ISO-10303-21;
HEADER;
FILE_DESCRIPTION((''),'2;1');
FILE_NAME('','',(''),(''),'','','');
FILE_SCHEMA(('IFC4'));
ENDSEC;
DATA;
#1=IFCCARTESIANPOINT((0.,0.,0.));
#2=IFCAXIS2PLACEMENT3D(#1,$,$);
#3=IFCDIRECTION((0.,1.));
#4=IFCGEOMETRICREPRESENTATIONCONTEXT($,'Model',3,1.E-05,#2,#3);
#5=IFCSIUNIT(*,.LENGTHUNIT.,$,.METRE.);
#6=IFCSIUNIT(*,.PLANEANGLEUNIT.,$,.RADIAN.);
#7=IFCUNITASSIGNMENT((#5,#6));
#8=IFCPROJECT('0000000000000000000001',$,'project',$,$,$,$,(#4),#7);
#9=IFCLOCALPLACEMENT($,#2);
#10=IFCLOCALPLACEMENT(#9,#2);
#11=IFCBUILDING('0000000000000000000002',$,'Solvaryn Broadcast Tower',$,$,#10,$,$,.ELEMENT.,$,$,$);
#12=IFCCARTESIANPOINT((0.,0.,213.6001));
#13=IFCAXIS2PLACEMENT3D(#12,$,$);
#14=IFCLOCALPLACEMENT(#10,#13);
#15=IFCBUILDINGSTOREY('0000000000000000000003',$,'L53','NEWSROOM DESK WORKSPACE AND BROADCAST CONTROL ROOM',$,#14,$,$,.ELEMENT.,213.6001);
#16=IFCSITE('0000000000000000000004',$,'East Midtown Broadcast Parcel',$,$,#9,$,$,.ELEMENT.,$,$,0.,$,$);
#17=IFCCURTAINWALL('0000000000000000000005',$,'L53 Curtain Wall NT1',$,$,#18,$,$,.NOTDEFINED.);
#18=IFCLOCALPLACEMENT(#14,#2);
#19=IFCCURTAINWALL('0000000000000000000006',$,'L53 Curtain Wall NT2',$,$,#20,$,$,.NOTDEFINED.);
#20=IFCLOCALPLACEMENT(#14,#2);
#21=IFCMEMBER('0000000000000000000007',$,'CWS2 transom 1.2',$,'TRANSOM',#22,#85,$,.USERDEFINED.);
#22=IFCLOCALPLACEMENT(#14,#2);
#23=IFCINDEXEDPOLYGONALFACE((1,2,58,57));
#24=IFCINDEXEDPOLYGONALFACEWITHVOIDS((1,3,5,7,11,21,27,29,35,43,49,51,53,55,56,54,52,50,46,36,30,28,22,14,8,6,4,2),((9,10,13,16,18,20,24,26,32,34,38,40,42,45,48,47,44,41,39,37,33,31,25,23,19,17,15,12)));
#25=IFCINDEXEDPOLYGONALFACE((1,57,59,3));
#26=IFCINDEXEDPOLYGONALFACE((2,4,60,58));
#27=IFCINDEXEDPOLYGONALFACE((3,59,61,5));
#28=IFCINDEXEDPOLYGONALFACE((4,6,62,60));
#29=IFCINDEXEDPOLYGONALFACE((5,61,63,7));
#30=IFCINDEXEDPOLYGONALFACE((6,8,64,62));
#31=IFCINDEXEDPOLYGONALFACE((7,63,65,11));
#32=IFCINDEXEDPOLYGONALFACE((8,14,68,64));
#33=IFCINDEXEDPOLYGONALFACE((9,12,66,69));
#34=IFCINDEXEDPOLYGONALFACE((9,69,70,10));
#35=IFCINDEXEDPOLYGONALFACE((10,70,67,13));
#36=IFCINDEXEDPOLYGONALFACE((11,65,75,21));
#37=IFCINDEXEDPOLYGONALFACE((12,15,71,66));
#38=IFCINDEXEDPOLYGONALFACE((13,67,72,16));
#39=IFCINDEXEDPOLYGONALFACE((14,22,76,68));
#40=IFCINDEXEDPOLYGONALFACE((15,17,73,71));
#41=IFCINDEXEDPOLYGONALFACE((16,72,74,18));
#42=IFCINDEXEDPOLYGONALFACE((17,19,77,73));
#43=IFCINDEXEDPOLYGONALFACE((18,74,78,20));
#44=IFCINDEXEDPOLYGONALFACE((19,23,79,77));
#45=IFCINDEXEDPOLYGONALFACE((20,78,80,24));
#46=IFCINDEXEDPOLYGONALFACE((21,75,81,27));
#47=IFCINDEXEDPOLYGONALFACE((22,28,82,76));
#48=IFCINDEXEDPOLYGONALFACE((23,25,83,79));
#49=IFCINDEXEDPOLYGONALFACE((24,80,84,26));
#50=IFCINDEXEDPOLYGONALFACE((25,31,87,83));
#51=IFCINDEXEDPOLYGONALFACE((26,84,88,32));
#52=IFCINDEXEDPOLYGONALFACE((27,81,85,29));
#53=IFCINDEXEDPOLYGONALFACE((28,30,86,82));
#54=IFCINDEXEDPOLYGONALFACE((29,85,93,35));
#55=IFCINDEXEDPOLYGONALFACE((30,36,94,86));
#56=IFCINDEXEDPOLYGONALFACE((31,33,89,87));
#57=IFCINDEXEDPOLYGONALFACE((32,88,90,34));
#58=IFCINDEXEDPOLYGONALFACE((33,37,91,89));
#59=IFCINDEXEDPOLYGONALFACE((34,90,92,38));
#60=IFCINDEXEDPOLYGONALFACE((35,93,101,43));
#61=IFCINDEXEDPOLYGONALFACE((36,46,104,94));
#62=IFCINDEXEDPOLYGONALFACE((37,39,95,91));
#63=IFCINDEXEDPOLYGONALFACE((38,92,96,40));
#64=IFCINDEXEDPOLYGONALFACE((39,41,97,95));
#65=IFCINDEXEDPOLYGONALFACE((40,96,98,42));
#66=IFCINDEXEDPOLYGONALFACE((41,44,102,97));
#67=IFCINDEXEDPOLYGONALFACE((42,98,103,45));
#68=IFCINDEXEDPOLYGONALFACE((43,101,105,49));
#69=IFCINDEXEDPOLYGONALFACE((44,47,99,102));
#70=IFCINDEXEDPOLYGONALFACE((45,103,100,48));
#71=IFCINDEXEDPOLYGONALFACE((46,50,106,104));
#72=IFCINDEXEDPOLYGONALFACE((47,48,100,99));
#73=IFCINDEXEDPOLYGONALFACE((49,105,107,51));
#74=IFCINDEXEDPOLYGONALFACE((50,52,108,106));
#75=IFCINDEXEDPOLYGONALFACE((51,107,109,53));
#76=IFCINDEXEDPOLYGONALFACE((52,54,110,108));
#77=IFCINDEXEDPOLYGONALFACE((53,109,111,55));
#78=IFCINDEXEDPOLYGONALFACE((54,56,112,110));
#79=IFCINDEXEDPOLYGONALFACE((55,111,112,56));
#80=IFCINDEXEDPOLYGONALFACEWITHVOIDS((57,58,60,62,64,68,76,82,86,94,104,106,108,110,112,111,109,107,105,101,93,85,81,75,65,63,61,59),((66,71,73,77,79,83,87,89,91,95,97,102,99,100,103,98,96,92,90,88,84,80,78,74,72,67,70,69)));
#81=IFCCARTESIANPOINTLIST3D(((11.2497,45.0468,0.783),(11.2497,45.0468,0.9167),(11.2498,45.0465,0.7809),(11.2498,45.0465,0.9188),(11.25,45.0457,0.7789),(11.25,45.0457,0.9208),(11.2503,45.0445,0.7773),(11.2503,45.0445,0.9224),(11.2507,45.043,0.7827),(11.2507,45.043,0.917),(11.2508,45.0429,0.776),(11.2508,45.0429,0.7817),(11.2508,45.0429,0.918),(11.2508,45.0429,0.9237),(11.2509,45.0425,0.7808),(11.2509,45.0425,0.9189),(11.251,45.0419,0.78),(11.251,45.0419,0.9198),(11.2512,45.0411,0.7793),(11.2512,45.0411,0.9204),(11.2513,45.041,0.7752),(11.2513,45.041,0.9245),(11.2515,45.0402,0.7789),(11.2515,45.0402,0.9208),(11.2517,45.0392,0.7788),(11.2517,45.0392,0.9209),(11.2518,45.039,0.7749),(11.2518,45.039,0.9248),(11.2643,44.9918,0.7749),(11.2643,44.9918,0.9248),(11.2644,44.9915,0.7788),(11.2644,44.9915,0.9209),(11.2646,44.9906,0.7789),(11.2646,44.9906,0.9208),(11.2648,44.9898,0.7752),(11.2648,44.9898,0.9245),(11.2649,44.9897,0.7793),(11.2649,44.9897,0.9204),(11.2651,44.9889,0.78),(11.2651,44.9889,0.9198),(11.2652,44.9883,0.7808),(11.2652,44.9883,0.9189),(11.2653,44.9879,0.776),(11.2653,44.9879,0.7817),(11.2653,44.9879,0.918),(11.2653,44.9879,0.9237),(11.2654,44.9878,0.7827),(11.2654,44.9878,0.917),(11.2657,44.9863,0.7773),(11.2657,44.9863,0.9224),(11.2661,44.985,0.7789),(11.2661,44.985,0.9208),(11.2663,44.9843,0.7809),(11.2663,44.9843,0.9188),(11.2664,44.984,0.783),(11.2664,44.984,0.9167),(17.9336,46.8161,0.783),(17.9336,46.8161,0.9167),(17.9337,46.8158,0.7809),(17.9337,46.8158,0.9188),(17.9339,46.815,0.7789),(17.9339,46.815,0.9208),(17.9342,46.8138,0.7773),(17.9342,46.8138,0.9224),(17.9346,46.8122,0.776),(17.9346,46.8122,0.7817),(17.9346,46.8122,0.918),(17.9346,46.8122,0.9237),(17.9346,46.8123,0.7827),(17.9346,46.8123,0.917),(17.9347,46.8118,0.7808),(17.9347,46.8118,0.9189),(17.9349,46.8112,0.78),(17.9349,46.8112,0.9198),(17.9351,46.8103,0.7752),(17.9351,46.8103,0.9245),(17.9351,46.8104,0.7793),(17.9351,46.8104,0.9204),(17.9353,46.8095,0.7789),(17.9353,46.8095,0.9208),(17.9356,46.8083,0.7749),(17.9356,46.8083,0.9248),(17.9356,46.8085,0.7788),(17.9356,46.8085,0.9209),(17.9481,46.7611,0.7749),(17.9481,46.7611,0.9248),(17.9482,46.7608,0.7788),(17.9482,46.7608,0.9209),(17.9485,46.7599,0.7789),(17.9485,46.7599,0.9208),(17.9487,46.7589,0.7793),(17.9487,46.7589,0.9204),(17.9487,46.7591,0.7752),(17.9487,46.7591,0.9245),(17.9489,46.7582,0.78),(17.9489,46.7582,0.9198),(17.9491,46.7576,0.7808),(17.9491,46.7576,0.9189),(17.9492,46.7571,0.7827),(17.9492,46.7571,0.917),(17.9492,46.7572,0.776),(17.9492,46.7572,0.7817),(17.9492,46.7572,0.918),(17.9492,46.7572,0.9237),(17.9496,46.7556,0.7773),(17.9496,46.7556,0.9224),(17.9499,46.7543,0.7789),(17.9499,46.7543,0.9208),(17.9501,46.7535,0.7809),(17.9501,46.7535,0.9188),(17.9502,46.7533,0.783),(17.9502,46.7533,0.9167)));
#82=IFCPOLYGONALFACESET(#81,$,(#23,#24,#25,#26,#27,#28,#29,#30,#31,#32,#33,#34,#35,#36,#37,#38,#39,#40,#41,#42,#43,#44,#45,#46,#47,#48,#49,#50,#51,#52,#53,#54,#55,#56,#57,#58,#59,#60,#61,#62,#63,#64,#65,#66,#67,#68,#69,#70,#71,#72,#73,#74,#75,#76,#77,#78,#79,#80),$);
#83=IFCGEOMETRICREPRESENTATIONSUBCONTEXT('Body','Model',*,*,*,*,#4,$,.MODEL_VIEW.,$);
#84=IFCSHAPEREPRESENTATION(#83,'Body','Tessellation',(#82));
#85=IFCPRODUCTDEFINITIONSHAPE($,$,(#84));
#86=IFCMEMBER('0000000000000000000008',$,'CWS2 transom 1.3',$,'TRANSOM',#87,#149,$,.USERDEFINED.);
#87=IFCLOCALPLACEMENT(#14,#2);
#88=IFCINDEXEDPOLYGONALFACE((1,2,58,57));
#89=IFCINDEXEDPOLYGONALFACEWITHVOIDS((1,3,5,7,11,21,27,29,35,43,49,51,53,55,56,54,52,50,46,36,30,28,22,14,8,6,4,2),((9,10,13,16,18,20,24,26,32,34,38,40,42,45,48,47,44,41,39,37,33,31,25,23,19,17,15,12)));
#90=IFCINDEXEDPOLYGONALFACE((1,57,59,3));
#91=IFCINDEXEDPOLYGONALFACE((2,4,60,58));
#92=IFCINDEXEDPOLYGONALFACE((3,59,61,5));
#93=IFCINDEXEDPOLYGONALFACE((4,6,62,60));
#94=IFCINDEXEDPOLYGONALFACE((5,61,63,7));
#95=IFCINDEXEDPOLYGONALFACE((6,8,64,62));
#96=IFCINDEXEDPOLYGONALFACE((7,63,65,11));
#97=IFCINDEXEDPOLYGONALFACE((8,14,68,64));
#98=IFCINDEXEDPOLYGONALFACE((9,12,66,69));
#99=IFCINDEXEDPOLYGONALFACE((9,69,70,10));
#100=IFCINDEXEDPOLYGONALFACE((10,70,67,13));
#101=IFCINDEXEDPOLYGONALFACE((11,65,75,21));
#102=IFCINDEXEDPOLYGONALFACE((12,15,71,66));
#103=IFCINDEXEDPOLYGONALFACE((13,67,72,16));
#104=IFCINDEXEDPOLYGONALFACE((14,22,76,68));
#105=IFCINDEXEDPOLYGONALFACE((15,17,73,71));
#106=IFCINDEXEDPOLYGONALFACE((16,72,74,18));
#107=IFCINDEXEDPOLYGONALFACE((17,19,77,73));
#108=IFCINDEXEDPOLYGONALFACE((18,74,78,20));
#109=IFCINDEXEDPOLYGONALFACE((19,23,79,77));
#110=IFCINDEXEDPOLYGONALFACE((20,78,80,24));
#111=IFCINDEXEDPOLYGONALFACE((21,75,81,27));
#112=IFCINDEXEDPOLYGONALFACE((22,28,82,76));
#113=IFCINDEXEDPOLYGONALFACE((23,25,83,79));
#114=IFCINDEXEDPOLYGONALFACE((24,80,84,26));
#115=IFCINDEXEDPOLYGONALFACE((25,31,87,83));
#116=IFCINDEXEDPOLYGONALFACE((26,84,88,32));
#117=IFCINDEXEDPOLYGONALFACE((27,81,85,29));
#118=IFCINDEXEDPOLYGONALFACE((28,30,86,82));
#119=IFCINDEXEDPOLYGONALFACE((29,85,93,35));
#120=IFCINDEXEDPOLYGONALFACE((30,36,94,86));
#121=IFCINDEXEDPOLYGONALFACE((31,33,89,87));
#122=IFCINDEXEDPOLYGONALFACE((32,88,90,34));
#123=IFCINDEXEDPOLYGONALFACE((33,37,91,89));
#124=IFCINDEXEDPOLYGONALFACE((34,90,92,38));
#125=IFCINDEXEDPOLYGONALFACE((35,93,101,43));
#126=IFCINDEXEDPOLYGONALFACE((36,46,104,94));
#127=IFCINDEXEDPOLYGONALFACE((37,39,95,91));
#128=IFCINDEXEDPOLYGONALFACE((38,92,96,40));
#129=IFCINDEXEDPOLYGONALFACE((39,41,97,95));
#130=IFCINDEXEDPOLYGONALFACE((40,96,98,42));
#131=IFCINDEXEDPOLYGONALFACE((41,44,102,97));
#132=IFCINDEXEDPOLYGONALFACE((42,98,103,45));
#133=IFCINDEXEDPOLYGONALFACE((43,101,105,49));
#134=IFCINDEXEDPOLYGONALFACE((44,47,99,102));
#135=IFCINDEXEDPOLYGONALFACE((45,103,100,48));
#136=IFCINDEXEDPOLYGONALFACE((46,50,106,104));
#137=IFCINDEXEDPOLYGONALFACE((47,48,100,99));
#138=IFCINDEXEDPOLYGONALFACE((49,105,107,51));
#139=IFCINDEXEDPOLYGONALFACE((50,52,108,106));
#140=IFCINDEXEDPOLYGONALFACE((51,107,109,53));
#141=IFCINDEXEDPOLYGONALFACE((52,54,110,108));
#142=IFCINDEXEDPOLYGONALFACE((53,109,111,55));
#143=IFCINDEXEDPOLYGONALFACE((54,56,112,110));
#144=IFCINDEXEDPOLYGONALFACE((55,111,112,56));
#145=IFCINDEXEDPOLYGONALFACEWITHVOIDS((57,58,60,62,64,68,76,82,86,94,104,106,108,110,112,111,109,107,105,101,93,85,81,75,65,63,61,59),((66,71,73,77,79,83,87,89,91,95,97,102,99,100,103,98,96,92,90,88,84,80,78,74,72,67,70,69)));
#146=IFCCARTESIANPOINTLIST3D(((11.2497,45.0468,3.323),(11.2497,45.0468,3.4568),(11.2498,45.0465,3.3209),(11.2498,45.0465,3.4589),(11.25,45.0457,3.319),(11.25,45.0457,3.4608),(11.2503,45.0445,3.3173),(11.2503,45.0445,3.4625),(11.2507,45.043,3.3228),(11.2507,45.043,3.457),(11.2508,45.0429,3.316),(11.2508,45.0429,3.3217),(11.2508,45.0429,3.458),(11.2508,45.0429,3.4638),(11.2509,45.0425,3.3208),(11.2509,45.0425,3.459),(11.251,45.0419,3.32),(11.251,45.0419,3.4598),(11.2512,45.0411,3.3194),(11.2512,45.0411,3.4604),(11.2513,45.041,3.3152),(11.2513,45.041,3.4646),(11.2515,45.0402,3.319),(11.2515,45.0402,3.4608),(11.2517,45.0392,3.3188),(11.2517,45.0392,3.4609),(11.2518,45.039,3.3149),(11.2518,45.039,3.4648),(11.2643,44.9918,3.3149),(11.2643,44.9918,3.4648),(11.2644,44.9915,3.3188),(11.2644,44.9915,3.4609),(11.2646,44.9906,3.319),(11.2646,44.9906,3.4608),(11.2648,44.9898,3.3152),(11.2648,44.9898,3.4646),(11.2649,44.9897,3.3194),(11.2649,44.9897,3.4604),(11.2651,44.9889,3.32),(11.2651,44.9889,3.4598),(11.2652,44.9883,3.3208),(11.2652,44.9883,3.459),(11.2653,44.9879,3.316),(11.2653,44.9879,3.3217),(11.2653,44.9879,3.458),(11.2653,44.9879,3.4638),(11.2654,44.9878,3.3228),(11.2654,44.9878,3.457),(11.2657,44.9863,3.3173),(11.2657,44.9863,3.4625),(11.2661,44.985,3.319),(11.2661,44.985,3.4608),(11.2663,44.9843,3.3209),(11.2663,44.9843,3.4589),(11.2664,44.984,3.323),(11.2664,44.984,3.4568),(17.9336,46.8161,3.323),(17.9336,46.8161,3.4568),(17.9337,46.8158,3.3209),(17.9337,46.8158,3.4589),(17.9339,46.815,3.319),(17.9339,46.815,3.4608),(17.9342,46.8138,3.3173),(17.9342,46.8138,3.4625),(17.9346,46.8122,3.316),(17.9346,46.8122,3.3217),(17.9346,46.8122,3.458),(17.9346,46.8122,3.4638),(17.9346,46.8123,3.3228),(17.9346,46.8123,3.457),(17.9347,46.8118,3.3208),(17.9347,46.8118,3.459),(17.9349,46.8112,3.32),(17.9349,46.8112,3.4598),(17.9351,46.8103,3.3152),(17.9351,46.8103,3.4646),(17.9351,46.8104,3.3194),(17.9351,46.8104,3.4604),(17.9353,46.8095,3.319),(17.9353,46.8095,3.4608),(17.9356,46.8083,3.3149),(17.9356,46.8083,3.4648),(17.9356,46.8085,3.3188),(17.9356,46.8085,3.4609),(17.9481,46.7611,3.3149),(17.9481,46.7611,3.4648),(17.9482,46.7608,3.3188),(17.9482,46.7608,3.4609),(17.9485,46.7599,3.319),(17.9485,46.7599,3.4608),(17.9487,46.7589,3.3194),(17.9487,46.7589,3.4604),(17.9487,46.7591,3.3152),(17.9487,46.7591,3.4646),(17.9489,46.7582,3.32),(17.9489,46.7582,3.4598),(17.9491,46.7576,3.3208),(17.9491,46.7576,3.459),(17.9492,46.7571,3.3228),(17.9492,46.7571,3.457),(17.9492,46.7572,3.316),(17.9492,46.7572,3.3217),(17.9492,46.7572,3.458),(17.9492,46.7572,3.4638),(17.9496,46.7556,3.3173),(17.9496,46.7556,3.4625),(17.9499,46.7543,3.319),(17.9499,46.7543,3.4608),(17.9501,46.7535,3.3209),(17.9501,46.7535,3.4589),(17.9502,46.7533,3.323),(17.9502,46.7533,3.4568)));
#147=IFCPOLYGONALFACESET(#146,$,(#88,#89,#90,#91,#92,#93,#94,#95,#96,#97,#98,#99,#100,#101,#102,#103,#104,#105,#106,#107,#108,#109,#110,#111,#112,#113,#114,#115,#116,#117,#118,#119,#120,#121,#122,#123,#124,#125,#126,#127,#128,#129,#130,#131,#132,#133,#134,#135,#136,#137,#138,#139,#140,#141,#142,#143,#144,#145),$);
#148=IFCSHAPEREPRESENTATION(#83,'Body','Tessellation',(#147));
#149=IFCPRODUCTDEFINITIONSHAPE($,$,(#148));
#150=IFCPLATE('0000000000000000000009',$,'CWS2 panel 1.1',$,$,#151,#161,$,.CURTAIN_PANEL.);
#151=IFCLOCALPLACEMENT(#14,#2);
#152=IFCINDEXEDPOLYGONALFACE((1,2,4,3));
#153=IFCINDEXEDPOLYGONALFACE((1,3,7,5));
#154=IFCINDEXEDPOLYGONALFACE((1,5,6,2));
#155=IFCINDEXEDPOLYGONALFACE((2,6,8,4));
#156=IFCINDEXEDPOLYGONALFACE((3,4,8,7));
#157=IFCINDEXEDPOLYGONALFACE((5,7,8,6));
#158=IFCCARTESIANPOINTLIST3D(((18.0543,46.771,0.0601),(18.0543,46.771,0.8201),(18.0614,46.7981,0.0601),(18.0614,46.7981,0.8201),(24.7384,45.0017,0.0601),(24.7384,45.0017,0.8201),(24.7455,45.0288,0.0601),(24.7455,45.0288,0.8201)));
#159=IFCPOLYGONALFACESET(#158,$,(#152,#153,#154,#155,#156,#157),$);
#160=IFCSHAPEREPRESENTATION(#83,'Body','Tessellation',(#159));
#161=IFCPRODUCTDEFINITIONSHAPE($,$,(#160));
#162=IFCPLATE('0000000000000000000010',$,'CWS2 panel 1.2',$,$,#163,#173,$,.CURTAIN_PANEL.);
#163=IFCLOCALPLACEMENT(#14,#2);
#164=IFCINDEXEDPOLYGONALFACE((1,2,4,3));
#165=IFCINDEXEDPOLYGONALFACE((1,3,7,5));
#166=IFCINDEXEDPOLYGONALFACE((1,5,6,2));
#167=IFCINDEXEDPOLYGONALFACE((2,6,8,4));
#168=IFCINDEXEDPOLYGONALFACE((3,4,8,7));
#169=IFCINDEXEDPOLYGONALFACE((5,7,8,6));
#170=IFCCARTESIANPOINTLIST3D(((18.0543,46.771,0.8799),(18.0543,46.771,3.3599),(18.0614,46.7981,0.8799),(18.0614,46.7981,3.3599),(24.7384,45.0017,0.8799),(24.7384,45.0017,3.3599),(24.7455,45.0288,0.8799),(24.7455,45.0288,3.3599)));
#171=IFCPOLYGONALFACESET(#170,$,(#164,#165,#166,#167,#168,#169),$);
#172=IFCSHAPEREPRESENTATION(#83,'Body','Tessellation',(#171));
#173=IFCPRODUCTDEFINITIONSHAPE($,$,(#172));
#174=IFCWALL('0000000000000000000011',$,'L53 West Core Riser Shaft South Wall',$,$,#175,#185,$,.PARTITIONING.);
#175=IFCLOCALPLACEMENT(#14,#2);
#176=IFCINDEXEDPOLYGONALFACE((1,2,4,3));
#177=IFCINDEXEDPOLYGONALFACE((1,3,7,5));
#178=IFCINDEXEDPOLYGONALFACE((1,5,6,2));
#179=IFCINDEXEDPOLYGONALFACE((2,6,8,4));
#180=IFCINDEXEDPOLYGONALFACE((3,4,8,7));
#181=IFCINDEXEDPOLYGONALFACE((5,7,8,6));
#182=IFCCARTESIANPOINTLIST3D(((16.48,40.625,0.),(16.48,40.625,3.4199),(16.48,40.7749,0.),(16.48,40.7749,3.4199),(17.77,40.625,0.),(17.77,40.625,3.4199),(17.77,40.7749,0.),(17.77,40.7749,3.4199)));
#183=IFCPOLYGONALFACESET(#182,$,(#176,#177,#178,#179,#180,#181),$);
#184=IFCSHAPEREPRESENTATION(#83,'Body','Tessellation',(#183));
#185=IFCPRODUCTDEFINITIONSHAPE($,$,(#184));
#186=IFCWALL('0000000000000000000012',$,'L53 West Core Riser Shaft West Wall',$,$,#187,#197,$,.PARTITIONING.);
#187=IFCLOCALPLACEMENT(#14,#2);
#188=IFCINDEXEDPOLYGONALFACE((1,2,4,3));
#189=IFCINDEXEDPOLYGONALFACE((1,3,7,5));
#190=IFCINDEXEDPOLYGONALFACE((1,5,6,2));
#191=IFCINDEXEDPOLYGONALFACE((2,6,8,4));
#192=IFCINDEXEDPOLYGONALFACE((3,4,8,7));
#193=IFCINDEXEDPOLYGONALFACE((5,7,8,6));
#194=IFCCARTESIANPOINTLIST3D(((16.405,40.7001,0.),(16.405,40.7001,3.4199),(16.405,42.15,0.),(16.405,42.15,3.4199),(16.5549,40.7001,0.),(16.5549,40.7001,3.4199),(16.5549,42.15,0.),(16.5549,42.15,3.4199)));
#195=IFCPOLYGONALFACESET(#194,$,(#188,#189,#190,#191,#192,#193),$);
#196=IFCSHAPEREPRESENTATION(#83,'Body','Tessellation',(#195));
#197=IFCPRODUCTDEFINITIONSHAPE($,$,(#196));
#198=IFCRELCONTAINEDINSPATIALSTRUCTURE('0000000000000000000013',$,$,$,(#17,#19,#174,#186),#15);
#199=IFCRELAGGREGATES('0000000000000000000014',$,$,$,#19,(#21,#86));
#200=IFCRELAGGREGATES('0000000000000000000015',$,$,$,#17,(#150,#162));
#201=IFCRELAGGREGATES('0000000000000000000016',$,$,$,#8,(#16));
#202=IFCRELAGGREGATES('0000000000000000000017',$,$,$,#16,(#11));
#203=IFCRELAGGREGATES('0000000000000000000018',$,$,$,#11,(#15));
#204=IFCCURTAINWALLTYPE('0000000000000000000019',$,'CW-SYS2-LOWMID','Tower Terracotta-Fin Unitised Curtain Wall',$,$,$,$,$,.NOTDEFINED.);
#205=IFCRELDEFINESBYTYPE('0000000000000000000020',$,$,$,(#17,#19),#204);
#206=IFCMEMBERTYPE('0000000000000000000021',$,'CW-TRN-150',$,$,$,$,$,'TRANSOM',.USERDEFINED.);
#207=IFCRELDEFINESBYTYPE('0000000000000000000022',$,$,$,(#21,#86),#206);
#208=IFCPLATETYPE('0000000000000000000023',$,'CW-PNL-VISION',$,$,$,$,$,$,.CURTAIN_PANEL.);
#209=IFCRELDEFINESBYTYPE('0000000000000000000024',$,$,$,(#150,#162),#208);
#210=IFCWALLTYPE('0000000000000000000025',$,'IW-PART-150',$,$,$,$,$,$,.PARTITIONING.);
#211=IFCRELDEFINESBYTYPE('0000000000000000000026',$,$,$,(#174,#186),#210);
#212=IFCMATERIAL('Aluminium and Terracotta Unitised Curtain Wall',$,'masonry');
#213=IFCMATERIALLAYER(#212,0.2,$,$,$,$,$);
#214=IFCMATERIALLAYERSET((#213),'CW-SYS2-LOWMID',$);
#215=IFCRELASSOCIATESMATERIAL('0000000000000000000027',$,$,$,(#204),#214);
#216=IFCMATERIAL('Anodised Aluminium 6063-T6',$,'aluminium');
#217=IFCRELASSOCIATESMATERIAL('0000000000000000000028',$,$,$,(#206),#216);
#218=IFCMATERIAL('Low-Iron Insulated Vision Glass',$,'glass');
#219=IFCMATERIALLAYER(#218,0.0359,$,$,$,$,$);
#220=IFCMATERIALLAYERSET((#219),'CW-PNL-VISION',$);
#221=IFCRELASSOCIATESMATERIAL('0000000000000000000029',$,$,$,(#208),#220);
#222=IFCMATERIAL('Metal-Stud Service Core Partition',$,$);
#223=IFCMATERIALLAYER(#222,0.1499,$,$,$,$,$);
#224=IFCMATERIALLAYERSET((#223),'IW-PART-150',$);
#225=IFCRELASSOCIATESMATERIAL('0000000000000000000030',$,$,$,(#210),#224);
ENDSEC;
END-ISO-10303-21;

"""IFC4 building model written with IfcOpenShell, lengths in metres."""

from ifc_helpers import new_model, si_unit, direction, frame, frame_2d, origin, origin_2d, place, context, subcontext, project, spatial, rectangle, hollow_rectangle, extrude, material, layer, layer_set, material_profile, profile_set, type_object, element, aggregate, save


model = new_model("IFC4")

# Units and contexts
model_context = context("Model", 3, precision=1e-05, world=origin(), true_north=direction((0.0, 1.0)))
body_context = subcontext(model_context, "Body", "Model", "MODEL_VIEW")
ifc_project = project(units=[si_unit("LENGTHUNIT", "METRE"), si_unit("PLANEANGLEUNIT", "RADIAN")], contexts=[model_context])

# Site, building, storey
site_placement = place(None, origin())
site = spatial("IfcSite", under=ifc_project, at=site_placement, Name="East Midtown Broadcast Parcel", CompositionType="ELEMENT", RefElevation=0.0)
building_placement = place(site_placement, origin())
building = spatial("IfcBuilding", under=site, at=building_placement, Name="Solvaryn Broadcast Tower", CompositionType="ELEMENT")
storey_placement = place(building_placement, frame((0.0, 0.0, 213.6001)))
storey = spatial("IfcBuildingStorey", under=building, at=storey_placement, Name="L53", Description="NEWSROOM DESK WORKSPACE AND BROADCAST CONTROL ROOM", CompositionType="ELEMENT", Elevation=213.6001)

# Curtain wall
ifc_material_1 = material(Name="Aluminium and Terracotta Unitised Curtain Wall", Category="masonry")
ifc_layer_1 = layer(ifc_material_1, 0.2)
ifc_layer_set_1 = layer_set([ifc_layer_1], Name="CW-SYS2-LOWMID")
curtain_wall_type = type_object("IfcCurtainWallType", Name="CW-SYS2-LOWMID", Description="Tower Terracotta-Fin Unitised Curtain Wall", PredefinedType="NOTDEFINED", material=ifc_layer_set_1)
curtain_wall_1_placement = place(storey_placement, origin())
curtain_wall_1 = element("IfcCurtainWall", 1, at=curtain_wall_1_placement, inside=storey, type_object=curtain_wall_type, Name="L53 Curtain Wall NT1", PredefinedType="NOTDEFINED")

# Curtain wall, members
curtain_wall_2_placement = place(storey_placement, origin())
curtain_wall_2 = element("IfcCurtainWall", 2, at=curtain_wall_2_placement, inside=storey, type_object=curtain_wall_type, Name="L53 Curtain Wall NT2", PredefinedType="NOTDEFINED")
ifc_material_2 = material(Name="Anodised Aluminium 6063-T6", Category="aluminium")
ifc_material_profile_1 = material_profile(ifc_material_2, hollow_rectangle(XDim=0.0649, YDim=0.1499, WallThickness=0.0039, InnerFilletRadius=0.0039, OuterFilletRadius=0.0081, at=origin_2d()))
ifc_profile_set_1 = profile_set([ifc_material_profile_1], Name="Anodised Aluminium 6063-T6")
member_type_1 = type_object("IfcMemberType", Name="CW-TRN-150", ElementType="TRANSOM", PredefinedType="USERDEFINED", material=ifc_profile_set_1)
member_1_placement = place(storey_placement, frame((17.9419, 46.7847, 0.8499), z_axis=(-0.966704, -0.255897, 0.0), x_axis=(0.255897, -0.966704, 0.0)))
member_1 = element("IfcMember", 3, at=member_1_placement, type_object=member_type_1, Name="CWS2 transom 1.2", ObjectType="TRANSOM", PredefinedType="USERDEFINED", context=body_context, shape_type="SweptSolid", body=[
    extrude(hollow_rectangle(XDim=0.0649, YDim=0.1499, WallThickness=0.0039, InnerFilletRadius=0.0039, OuterFilletRadius=0.0081, at=origin_2d()), origin(), (0.0, 0.0, 1.0), 6.9141),
])
member_2_placement = place(storey_placement, frame((17.9419, 46.7847, 3.3899), z_axis=(-0.966704, -0.255897, 0.0), x_axis=(0.255897, -0.966704, 0.0)))
member_2 = element("IfcMember", 4, at=member_2_placement, type_object=member_type_1, Name="CWS2 transom 1.3", ObjectType="TRANSOM", PredefinedType="USERDEFINED", context=body_context, shape_type="SweptSolid", body=[
    extrude(hollow_rectangle(XDim=0.0649, YDim=0.1499, WallThickness=0.0039, InnerFilletRadius=0.0039, OuterFilletRadius=0.0081, at=origin_2d()), origin(), (0.0, 0.0, 1.0), 6.9141),
])
aggregate(curtain_wall_2, [member_1, member_2])

# Plates
ifc_material_3 = material(Name="Low-Iron Insulated Vision Glass", Category="glass")
ifc_layer_2 = layer(ifc_material_3, 0.0359)
ifc_layer_set_2 = layer_set([ifc_layer_2], Name="CW-PNL-VISION")
plate_type = type_object("IfcPlateType", Name="CW-PNL-VISION", PredefinedType="CURTAIN_PANEL", material=ifc_layer_set_2)
plate_1_placement = place(storey_placement, frame((21.3999, 45.8999, 0.0601), z_axis=(0.0, 0.0, 1.0), x_axis=(-0.966705, 0.255893, 0.0)))
plate_1 = element("IfcPlate", 5, at=plate_1_placement, type_object=plate_type, Name="CWS2 panel 1.1", PredefinedType="CURTAIN_PANEL", context=body_context, shape_type="SweptSolid", body=[
    extrude(rectangle(XDim=6.9143, YDim=0.0281, at=origin_2d()), origin(), (0.0, 0.0, 1.0), 0.76),
])
plate_2_placement = place(storey_placement, frame((21.3999, 45.8999, 0.8799), z_axis=(0.0, 0.0, 1.0), x_axis=(-0.966705, 0.255893, 0.0)))
plate_2 = element("IfcPlate", 6, at=plate_2_placement, type_object=plate_type, Name="CWS2 panel 1.2", PredefinedType="CURTAIN_PANEL", context=body_context, shape_type="SweptSolid", body=[
    extrude(rectangle(XDim=6.9143, YDim=0.0281, at=origin_2d()), origin(), (0.0, 0.0, 1.0), 2.48),
])
aggregate(curtain_wall_1, [plate_1, plate_2])

# Walls
ifc_material_4 = material(Name="Metal-Stud Service Core Partition")
ifc_layer_3 = layer(ifc_material_4, 0.1499)
ifc_layer_set_3 = layer_set([ifc_layer_3], Name="IW-PART-150")
wall_type_1 = type_object("IfcWallType", Name="IW-PART-150", PredefinedType="PARTITIONING", material=ifc_layer_set_3)
wall_1_placement = place(storey_placement, frame((16.48, 40.7, 0.0), z_axis=(0.0, 0.0, 1.0), x_axis=(1.0, 0.0, 0.0)))
element("IfcWall", 7, at=wall_1_placement, inside=storey, type_object=wall_type_1, Name="L53 West Core Riser Shaft South Wall", PredefinedType="PARTITIONING", context=body_context, shape_type="SweptSolid", body=[
    extrude(rectangle(XDim=1.29, YDim=0.1499, at=frame_2d((0.645, 0.0))), origin(), (0.0, 0.0, 1.0), 3.4199),
])
wall_2_placement = place(storey_placement, frame((16.48, 40.7, 0.0), z_axis=(0.0, 0.0, 1.0), x_axis=(0.0, 1.0, 0.0)))
element("IfcWall", 8, at=wall_2_placement, inside=storey, type_object=wall_type_1, Name="L53 West Core Riser Shaft West Wall", PredefinedType="PARTITIONING", context=body_context, shape_type="SweptSolid", body=[
    extrude(rectangle(XDim=1.45, YDim=0.1499, at=frame_2d((0.7251, 0.0))), origin(), (0.0, 0.0, 1.0), 3.4199),
])

save(model, "model.ifc")
